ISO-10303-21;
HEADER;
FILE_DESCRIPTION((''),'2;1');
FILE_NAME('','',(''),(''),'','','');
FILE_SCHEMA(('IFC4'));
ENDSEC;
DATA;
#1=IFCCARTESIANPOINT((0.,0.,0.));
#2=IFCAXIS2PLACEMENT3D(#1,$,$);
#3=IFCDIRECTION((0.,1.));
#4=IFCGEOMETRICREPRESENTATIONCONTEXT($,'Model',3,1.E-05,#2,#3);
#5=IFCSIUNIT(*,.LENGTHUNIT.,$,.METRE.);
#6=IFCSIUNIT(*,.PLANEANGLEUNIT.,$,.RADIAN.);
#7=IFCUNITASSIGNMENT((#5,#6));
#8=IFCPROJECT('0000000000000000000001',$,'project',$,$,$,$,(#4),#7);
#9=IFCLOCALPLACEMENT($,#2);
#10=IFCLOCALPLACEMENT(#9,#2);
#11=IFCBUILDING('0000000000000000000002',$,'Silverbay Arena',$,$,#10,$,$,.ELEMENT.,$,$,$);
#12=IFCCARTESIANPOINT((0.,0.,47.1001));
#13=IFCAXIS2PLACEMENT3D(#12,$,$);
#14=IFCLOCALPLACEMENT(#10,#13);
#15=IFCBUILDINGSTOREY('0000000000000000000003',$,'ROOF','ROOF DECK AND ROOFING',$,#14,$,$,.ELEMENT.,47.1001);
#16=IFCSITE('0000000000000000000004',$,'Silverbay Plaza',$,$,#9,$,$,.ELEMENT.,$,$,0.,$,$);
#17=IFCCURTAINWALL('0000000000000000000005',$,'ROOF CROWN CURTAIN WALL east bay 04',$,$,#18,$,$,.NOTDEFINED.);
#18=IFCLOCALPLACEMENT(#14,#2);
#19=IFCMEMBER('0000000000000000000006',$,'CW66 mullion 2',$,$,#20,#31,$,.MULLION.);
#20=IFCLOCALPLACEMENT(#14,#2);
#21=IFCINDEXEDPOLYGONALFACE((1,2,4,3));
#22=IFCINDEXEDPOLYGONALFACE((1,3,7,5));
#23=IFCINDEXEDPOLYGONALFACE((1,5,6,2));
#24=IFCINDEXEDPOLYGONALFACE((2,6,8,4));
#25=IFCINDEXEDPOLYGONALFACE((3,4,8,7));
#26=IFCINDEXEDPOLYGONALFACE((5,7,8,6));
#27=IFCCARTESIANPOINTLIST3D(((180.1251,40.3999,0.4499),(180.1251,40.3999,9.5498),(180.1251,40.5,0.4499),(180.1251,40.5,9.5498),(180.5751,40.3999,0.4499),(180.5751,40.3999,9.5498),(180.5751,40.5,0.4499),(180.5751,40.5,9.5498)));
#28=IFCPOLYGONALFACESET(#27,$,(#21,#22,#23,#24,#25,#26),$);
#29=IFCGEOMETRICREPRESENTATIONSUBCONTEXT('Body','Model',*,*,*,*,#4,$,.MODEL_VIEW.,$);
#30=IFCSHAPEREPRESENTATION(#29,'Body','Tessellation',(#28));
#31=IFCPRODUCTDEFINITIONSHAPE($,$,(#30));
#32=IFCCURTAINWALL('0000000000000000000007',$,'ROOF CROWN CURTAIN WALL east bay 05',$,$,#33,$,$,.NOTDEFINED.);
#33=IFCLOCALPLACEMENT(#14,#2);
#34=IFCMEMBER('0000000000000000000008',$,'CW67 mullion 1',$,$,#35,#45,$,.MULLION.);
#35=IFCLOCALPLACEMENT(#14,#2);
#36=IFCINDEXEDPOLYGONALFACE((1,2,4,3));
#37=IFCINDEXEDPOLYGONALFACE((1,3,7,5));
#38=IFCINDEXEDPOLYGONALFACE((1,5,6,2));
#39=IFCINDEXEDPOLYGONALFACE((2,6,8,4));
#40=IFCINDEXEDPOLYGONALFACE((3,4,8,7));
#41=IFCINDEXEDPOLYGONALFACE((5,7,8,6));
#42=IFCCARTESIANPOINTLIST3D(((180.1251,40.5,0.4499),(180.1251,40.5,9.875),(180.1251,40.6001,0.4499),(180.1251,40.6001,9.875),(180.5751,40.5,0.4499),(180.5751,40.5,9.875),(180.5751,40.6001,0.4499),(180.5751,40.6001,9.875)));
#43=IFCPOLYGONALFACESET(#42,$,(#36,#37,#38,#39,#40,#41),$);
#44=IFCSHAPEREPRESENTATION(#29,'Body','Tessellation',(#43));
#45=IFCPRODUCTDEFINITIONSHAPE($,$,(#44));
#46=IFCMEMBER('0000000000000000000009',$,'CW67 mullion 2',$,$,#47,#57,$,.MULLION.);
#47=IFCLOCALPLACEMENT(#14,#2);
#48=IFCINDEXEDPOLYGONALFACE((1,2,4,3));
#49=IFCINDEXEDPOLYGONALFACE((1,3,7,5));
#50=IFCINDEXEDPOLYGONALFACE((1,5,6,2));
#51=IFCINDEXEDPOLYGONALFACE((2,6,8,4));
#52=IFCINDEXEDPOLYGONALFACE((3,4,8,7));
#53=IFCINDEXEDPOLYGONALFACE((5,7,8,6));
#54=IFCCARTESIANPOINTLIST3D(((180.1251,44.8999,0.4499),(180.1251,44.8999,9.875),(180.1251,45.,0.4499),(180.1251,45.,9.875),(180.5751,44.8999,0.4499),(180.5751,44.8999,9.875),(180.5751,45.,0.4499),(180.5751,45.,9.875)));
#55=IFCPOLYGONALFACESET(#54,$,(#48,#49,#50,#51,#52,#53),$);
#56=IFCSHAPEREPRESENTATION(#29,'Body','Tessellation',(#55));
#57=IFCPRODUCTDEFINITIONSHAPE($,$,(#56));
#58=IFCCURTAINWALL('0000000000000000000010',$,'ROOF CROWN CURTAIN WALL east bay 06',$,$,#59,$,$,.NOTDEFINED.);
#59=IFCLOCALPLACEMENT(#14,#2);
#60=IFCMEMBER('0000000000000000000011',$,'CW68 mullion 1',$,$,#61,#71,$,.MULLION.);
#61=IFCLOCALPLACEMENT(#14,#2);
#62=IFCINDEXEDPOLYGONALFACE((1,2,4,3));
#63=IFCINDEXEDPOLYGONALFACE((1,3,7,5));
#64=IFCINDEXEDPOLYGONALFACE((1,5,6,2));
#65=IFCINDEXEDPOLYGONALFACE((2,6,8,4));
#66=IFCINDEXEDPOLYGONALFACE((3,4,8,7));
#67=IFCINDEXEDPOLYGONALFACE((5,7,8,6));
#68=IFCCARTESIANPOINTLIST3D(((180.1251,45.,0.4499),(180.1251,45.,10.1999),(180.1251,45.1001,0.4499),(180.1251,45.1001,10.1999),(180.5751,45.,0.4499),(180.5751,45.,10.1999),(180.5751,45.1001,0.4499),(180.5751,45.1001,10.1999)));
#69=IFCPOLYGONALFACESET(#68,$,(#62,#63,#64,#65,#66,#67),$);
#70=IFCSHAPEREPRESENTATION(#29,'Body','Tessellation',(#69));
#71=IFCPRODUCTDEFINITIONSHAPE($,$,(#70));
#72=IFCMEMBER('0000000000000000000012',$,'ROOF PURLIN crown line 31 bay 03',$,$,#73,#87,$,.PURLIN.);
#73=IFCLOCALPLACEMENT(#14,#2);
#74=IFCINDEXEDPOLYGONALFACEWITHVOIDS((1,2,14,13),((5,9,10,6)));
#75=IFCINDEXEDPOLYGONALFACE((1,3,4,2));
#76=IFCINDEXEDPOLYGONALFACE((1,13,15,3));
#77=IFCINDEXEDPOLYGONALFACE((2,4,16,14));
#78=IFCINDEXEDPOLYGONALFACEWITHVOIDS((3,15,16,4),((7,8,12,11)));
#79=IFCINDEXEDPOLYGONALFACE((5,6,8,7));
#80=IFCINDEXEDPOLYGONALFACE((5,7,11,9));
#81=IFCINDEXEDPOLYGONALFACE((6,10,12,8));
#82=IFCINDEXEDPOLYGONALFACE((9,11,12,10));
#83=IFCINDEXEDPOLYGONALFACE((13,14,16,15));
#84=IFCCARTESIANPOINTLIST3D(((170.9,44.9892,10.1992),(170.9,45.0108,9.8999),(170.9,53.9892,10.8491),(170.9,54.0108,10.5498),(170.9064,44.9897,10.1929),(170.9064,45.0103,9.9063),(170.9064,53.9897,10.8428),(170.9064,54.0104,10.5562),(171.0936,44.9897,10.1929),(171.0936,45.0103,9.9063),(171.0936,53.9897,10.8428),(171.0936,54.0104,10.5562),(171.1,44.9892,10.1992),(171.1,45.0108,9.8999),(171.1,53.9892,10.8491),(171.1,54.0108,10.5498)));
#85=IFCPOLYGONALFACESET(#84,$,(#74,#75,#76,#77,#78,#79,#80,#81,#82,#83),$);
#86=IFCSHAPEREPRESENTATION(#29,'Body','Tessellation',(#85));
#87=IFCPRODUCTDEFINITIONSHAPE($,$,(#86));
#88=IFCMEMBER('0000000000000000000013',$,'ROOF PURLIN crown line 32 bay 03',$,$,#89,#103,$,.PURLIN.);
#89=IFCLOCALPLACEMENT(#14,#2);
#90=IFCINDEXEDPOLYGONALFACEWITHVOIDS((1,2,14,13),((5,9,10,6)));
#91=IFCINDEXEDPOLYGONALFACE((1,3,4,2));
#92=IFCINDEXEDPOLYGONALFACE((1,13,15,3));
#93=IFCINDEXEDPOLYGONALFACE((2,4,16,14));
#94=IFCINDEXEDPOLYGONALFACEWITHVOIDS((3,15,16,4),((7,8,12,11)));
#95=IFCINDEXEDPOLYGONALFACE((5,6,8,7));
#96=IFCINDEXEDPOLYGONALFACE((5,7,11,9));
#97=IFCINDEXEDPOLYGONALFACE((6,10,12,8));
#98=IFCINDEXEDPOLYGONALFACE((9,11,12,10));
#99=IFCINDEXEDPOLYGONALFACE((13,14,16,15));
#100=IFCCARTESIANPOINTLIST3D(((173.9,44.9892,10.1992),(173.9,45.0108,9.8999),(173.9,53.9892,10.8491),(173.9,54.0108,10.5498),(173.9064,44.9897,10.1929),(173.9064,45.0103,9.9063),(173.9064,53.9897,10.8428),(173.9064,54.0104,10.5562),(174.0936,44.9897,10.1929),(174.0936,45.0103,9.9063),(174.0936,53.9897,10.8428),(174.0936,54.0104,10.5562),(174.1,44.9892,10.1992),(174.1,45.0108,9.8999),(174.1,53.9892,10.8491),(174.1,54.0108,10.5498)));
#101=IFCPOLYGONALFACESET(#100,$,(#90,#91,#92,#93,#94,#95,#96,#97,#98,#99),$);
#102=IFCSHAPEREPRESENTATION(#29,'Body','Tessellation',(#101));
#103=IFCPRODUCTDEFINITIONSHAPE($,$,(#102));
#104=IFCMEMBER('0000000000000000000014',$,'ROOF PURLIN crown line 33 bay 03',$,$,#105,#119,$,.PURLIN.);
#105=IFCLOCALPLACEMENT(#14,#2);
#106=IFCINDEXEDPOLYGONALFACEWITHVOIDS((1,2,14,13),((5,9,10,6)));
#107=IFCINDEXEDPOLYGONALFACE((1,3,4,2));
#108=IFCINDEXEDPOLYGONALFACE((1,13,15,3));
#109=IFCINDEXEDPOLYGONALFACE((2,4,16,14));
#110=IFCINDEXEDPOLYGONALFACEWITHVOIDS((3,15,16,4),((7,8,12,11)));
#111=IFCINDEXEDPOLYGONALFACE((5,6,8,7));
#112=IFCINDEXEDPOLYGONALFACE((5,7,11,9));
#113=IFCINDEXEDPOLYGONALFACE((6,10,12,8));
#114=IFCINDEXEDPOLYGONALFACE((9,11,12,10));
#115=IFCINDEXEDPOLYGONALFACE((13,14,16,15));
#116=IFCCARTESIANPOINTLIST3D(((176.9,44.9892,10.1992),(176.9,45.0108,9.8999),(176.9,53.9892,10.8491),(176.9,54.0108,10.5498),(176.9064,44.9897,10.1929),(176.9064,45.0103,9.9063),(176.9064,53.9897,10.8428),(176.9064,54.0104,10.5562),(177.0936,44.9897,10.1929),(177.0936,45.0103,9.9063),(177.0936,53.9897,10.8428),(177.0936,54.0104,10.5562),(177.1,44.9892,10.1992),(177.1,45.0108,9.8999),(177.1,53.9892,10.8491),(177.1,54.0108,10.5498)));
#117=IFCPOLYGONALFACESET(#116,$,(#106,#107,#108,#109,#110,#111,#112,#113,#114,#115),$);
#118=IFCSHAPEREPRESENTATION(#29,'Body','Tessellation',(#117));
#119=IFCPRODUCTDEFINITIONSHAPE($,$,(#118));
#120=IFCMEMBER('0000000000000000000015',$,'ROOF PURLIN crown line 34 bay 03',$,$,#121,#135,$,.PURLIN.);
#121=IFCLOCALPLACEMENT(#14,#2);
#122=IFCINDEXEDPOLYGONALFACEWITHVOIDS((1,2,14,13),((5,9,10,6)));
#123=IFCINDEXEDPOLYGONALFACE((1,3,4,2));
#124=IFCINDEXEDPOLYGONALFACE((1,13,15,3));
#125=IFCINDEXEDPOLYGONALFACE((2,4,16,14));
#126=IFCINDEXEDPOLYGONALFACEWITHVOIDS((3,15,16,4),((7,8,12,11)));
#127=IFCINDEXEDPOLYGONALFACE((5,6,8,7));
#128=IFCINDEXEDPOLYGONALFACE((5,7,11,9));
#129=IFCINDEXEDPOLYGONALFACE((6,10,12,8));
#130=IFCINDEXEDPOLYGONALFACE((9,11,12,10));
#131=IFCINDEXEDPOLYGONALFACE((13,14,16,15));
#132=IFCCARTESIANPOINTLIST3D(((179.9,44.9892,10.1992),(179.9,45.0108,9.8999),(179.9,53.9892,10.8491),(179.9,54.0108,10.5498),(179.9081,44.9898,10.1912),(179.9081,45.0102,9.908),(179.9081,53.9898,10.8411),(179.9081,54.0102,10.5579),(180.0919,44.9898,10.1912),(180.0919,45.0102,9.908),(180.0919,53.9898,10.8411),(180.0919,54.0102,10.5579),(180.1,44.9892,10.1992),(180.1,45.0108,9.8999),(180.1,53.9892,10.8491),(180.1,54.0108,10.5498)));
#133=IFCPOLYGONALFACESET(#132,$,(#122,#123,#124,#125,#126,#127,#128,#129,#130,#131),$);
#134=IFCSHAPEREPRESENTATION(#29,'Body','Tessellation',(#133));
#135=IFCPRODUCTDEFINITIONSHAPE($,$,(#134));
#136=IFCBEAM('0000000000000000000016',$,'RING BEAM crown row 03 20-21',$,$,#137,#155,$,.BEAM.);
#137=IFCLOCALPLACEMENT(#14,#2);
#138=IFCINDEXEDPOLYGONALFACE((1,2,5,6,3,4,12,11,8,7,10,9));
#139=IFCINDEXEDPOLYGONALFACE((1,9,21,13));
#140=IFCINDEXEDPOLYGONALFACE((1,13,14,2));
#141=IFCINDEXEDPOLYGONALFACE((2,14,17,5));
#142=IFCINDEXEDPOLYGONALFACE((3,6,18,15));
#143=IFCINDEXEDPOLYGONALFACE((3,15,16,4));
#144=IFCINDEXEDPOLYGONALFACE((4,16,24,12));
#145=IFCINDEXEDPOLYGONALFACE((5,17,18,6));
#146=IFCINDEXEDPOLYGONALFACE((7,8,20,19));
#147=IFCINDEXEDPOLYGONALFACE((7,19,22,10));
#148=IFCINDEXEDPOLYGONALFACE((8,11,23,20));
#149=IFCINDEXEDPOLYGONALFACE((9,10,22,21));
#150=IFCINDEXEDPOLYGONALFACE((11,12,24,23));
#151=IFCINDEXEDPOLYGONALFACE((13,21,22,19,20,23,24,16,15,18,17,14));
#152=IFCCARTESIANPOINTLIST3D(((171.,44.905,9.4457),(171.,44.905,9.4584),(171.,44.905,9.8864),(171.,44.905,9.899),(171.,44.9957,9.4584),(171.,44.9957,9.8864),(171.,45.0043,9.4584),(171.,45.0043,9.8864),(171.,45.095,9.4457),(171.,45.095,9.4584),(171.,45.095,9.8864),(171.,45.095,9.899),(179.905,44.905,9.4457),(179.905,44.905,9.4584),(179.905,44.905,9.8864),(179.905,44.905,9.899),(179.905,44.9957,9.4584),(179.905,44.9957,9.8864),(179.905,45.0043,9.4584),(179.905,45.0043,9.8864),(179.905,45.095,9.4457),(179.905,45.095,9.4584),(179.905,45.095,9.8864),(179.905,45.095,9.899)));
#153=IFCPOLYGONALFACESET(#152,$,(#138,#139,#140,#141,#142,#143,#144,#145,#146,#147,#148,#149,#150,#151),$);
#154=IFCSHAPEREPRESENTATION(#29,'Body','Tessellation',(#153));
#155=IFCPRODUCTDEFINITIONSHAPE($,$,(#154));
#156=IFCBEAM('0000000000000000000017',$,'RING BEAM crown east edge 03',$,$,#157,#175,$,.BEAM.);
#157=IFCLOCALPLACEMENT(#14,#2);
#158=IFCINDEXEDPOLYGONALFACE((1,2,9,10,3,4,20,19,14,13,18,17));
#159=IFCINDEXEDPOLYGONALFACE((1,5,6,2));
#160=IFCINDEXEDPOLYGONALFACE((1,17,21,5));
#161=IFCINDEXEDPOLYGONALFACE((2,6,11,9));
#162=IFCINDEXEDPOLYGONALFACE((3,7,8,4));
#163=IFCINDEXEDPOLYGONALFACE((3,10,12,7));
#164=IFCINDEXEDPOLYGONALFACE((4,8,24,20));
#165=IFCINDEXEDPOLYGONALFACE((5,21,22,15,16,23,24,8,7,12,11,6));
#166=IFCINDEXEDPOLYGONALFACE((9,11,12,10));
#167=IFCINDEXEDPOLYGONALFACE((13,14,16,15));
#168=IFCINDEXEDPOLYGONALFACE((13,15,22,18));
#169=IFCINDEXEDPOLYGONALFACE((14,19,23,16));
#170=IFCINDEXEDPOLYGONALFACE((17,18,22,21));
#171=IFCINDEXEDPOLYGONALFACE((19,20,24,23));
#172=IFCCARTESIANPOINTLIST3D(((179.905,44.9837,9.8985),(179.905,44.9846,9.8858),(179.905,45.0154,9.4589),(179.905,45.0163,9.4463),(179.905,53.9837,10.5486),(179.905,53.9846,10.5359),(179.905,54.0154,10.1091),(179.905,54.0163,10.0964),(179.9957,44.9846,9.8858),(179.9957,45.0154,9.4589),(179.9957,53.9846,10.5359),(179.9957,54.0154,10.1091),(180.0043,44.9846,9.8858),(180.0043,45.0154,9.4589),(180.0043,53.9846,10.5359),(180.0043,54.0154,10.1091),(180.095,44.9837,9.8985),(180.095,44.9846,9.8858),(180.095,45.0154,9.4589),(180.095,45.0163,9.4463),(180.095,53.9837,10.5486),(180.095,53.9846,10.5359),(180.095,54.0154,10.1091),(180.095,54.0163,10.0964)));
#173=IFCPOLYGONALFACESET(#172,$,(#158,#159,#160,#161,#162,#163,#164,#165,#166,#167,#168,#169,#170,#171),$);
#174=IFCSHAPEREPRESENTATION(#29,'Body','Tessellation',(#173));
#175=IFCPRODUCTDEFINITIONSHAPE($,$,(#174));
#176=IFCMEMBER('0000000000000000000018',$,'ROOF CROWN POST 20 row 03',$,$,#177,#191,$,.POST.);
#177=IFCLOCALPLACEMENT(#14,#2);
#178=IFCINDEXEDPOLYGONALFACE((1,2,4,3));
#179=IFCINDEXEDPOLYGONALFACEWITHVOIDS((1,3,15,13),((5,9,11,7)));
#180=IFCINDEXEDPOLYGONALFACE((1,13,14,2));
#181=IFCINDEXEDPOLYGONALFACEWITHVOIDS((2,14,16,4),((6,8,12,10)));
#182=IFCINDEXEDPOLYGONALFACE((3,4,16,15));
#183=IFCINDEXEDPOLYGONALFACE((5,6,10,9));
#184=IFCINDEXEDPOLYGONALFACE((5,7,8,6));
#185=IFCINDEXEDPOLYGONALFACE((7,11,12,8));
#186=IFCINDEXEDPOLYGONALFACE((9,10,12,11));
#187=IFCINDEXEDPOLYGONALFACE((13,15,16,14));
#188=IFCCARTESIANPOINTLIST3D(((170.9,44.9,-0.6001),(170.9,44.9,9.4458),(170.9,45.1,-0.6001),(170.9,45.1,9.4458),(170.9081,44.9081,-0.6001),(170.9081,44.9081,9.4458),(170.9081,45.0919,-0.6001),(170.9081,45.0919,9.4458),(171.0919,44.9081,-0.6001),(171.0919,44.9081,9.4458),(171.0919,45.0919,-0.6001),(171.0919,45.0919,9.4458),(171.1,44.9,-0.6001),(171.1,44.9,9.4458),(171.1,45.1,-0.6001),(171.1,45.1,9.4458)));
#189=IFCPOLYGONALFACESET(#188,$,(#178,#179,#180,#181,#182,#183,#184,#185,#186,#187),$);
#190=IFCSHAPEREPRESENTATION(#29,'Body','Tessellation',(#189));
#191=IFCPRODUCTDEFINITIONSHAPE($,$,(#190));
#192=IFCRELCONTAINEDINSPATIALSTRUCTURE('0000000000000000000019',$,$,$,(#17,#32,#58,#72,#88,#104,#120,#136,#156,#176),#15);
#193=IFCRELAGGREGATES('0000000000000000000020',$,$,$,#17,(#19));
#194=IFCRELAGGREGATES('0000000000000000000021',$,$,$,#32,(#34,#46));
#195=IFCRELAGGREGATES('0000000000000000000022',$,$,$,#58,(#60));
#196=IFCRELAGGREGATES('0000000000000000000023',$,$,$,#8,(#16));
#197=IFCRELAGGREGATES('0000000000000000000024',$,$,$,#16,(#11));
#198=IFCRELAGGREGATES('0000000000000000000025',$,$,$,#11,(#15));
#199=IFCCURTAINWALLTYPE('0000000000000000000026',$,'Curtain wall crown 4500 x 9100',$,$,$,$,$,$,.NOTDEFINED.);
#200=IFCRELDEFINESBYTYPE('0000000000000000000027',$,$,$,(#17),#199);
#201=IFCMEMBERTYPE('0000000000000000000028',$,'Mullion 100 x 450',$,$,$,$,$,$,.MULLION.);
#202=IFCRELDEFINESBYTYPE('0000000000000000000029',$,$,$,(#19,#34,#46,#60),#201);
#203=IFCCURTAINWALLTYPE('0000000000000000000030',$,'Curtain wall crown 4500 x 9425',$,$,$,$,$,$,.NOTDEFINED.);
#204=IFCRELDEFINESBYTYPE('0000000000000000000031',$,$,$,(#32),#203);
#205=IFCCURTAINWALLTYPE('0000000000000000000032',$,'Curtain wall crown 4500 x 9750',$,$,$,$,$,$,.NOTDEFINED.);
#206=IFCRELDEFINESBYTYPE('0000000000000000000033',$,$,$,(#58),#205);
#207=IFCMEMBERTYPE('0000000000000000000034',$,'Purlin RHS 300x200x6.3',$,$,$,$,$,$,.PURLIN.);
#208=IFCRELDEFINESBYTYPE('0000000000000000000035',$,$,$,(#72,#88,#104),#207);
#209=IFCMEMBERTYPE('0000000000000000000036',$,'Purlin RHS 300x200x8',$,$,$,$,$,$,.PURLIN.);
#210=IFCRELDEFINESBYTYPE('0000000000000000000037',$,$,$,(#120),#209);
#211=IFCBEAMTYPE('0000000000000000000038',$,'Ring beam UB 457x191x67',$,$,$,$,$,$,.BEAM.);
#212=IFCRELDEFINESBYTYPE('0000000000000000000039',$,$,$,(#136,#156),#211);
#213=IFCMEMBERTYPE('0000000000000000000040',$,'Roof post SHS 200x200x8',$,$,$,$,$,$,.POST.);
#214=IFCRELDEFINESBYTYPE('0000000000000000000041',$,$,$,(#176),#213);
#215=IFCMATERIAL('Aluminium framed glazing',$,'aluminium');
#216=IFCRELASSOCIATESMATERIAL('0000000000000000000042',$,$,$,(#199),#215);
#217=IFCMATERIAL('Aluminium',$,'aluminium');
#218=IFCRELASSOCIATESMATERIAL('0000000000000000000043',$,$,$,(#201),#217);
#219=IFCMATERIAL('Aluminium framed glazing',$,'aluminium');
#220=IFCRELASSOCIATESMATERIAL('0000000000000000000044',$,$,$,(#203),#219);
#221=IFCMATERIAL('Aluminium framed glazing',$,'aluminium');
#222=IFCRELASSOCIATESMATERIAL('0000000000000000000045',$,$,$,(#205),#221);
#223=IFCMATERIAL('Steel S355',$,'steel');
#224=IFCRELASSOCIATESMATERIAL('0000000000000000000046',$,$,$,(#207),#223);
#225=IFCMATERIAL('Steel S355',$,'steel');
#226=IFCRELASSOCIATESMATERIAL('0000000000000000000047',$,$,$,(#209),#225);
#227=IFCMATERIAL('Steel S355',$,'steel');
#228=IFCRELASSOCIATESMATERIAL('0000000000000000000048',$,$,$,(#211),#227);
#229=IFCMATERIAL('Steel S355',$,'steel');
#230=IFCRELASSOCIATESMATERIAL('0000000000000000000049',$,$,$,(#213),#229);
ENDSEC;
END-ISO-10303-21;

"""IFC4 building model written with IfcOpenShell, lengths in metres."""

from ifc_helpers import new_model, si_unit, direction, frame, origin, origin_2d, place, context, subcontext, project, spatial, rectangle, hollow_rectangle, i_section, extrude, material, material_profile, profile_set, type_object, element, aggregate, save


model = new_model("IFC4")

# Units and contexts
model_context = context("Model", 3, precision=1e-05, world=origin(), true_north=direction((0.0, 1.0)))
body_context = subcontext(model_context, "Body", "Model", "MODEL_VIEW")
ifc_project = project(units=[si_unit("LENGTHUNIT", "METRE"), si_unit("PLANEANGLEUNIT", "RADIAN")], contexts=[model_context])

# Site, building, storey
site_placement = place(None, origin())
site = spatial("IfcSite", under=ifc_project, at=site_placement, Name="Silverbay Plaza", CompositionType="ELEMENT", RefElevation=0.0)
building_placement = place(site_placement, origin())
building = spatial("IfcBuilding", under=site, at=building_placement, Name="Silverbay Arena", CompositionType="ELEMENT")
storey_placement = place(building_placement, frame((0.0, 0.0, 47.1001)))
storey = spatial("IfcBuildingStorey", under=building, at=storey_placement, Name="ROOF", Description="ROOF DECK AND ROOFING", CompositionType="ELEMENT", Elevation=47.1001)

# Curtain wall, member
ifc_material_1 = material(Name="Aluminium framed glazing", Category="aluminium")
curtain_wall_type_1 = type_object("IfcCurtainWallType", Name="Curtain wall crown 4500 x 9100", PredefinedType="NOTDEFINED", material=ifc_material_1)
curtain_wall_1_placement = place(storey_placement, origin())
curtain_wall_1 = element("IfcCurtainWall", 1, at=curtain_wall_1_placement, inside=storey, type_object=curtain_wall_type_1, Name="ROOF CROWN CURTAIN WALL east bay 04", PredefinedType="NOTDEFINED")
ifc_material_2 = material(Name="Aluminium", Category="aluminium")
ifc_material_profile_1 = material_profile(ifc_material_2, rectangle(XDim=0.45, YDim=0.1001, at=origin_2d()), Name="Mullion 100 x 450")
ifc_profile_set_1 = profile_set([ifc_material_profile_1], Name="Aluminium")
member_type_1 = type_object("IfcMemberType", Name="Mullion 100 x 450", PredefinedType="MULLION", material=ifc_profile_set_1)
placement = place(building_placement, frame((0.0, 0.0, 33.5)))
member_1_placement = place(placement, frame((180.3501, 40.45, 14.05), z_axis=(0.0, 0.0, 1.0), x_axis=(-1.0, 0.0, 0.0)))
member_1 = element("IfcMember", 2, at=member_1_placement, type_object=member_type_1, Name="CW66 mullion 2", PredefinedType="MULLION", context=body_context, shape_type="SweptSolid", body=[
    extrude(rectangle(XDim=0.45, YDim=0.1001, at=origin_2d()), origin(), (0.0, 0.0, 1.0), 9.0999),
])

# Curtain wall, members
ifc_material_3 = material(Name="Aluminium framed glazing", Category="aluminium")
curtain_wall_type_2 = type_object("IfcCurtainWallType", Name="Curtain wall crown 4500 x 9425", PredefinedType="NOTDEFINED", material=ifc_material_3)
curtain_wall_2_placement = place(storey_placement, origin())
curtain_wall_2 = element("IfcCurtainWall", 3, at=curtain_wall_2_placement, inside=storey, type_object=curtain_wall_type_2, Name="ROOF CROWN CURTAIN WALL east bay 05", PredefinedType="NOTDEFINED")
member_2_placement = place(placement, frame((180.3501, 40.55, 14.05), z_axis=(0.0, 0.0, 1.0), x_axis=(-1.0, 0.0, 0.0)))
member_2 = element("IfcMember", 4, at=member_2_placement, type_object=member_type_1, Name="CW67 mullion 1", PredefinedType="MULLION", context=body_context, shape_type="SweptSolid", body=[
    extrude(rectangle(XDim=0.45, YDim=0.1001, at=origin_2d()), origin(), (0.0, 0.0, 1.0), 9.425),
])
member_3_placement = place(placement, frame((180.3501, 44.95, 14.05), z_axis=(0.0, 0.0, 1.0), x_axis=(-1.0, 0.0, 0.0)))
member_3 = element("IfcMember", 5, at=member_3_placement, type_object=member_type_1, Name="CW67 mullion 2", PredefinedType="MULLION", context=body_context, shape_type="SweptSolid", body=[
    extrude(rectangle(XDim=0.45, YDim=0.1001, at=origin_2d()), origin(), (0.0, 0.0, 1.0), 9.425),
])

# Curtain wall, member
ifc_material_4 = material(Name="Aluminium framed glazing", Category="aluminium")
curtain_wall_type_3 = type_object("IfcCurtainWallType", Name="Curtain wall crown 4500 x 9750", PredefinedType="NOTDEFINED", material=ifc_material_4)
curtain_wall_3_placement = place(storey_placement, origin())
curtain_wall_3 = element("IfcCurtainWall", 6, at=curtain_wall_3_placement, inside=storey, type_object=curtain_wall_type_3, Name="ROOF CROWN CURTAIN WALL east bay 06", PredefinedType="NOTDEFINED")
member_4_placement = place(placement, frame((180.3501, 45.05, 14.05), z_axis=(0.0, 0.0, 1.0), x_axis=(-1.0, 0.0, 0.0)))
member_4 = element("IfcMember", 7, at=member_4_placement, type_object=member_type_1, Name="CW68 mullion 1", PredefinedType="MULLION", context=body_context, shape_type="SweptSolid", body=[
    extrude(rectangle(XDim=0.45, YDim=0.1001, at=origin_2d()), origin(), (0.0, 0.0, 1.0), 9.75),
])

# Members
ifc_material_5 = material(Name="Steel S355", Category="steel")
ifc_material_profile_2 = material_profile(ifc_material_5, hollow_rectangle(XDim=0.2, YDim=0.3, WallThickness=0.0063, at=origin_2d()), Name="RHS 300x200x6.3")
ifc_profile_set_2 = profile_set([ifc_material_profile_2], Name="Steel S355")
member_type_2 = type_object("IfcMemberType", Name="Purlin RHS 300x200x6.3", PredefinedType="PURLIN", material=ifc_profile_set_2)
for number, where, z_axis, x_axis, name in (
    (8, (171.0, 45.0, 10.0496), (0.0, 0.997403, 0.072024), (-1.0, 0.0, 0.0), "ROOF PURLIN crown line 31 bay 03"),
    (9, (174.0, 45.0, 10.0496), (0.0, 0.997403, 0.072024), (-1.0, 0.0, 0.0), "ROOF PURLIN crown line 32 bay 03"),
    (10, (177.0, 45.0, 10.0496), (0.0, 0.997403, 0.072024), (-1.0, 0.0, 0.0), "ROOF PURLIN crown line 33 bay 03"),
):
    element("IfcMember", number, at=place(storey_placement, frame(where, z_axis=z_axis, x_axis=x_axis)), inside=storey, type_object=member_type_2, Name=name, PredefinedType="PURLIN", context=body_context, shape_type="SweptSolid", body=[
        extrude(hollow_rectangle(XDim=0.2, YDim=0.3, WallThickness=0.0063, at=origin_2d()), origin(), (0.0, 0.0, 1.0), 9.0234),
    ])
ifc_material_6 = material(Name="Steel S355", Category="steel")
ifc_material_profile_3 = material_profile(ifc_material_6, hollow_rectangle(XDim=0.2, YDim=0.3, WallThickness=0.0081, at=origin_2d()), Name="RHS 300x200x8")
ifc_profile_set_3 = profile_set([ifc_material_profile_3], Name="Steel S355")
member_type_3 = type_object("IfcMemberType", Name="Purlin RHS 300x200x8", PredefinedType="PURLIN", material=ifc_profile_set_3)
member_5_placement = place(storey_placement, frame((180.0, 45.0, 10.0496), z_axis=(0.0, 0.997403, 0.072024), x_axis=(-1.0, 0.0, 0.0)))
element("IfcMember", 11, at=member_5_placement, inside=storey, type_object=member_type_3, Name="ROOF PURLIN crown line 34 bay 03", PredefinedType="PURLIN", context=body_context, shape_type="SweptSolid", body=[
    extrude(hollow_rectangle(XDim=0.2, YDim=0.3, WallThickness=0.0081, at=origin_2d()), origin(), (0.0, 0.0, 1.0), 9.0234),
])

# Beams
ifc_material_7 = material(Name="Steel S355", Category="steel")
ifc_material_profile_4 = material_profile(ifc_material_7, i_section(OverallWidth=0.1899, OverallDepth=0.4534, WebThickness=0.0085, FlangeThickness=0.0127, at=origin_2d()), Name="UB 457x191x67")
ifc_profile_set_4 = profile_set([ifc_material_profile_4], Name="Steel S355")
beam_type = type_object("IfcBeamType", Name="Ring beam UB 457x191x67", PredefinedType="BEAM", material=ifc_profile_set_4)
beam_1_placement = place(storey_placement, frame((171.0, 45.0, 9.6724), z_axis=(1.0, 0.0, 0.0), x_axis=(0.0, 1.0, 0.0)))
element("IfcBeam", 12, at=beam_1_placement, inside=storey, type_object=beam_type, Name="RING BEAM crown row 03 20-21", PredefinedType="BEAM", context=body_context, shape_type="SweptSolid", body=[
    extrude(i_section(OverallWidth=0.1899, OverallDepth=0.4534, WebThickness=0.0085, FlangeThickness=0.0127, at=origin_2d()), origin(), (0.0, 0.0, 1.0), 8.905),
])
beam_2_placement = place(storey_placement, frame((180.0, 45.0, 9.6724), z_axis=(0.0, 0.997401, 0.072051), x_axis=(-1.0, 0.0, 0.0)))
element("IfcBeam", 13, at=beam_2_placement, inside=storey, type_object=beam_type, Name="RING BEAM crown east edge 03", PredefinedType="BEAM", context=body_context, shape_type="SweptSolid", body=[
    extrude(i_section(OverallWidth=0.1899, OverallDepth=0.4534, WebThickness=0.0085, FlangeThickness=0.0127, at=origin_2d()), origin(), (0.0, 0.0, 1.0), 9.0234),
])

# Member
ifc_material_8 = material(Name="Steel S355", Category="steel")
ifc_material_profile_5 = material_profile(ifc_material_8, hollow_rectangle(XDim=0.2, YDim=0.2, WallThickness=0.0081, at=origin_2d()), Name="SHS 200x200x8")
ifc_profile_set_5 = profile_set([ifc_material_profile_5], Name="Steel S355")
member_type_4 = type_object("IfcMemberType", Name="Roof post SHS 200x200x8", PredefinedType="POST", material=ifc_profile_set_5)
member_6_placement = place(storey_placement, frame((171.0, 45.0, -0.6001), z_axis=(0.0, 0.0, 1.0), x_axis=(1.0, 0.0, 0.0)))
element("IfcMember", 14, at=member_6_placement, inside=storey, type_object=member_type_4, Name="ROOF CROWN POST 20 row 03", PredefinedType="POST", context=body_context, shape_type="SweptSolid", body=[
    extrude(hollow_rectangle(XDim=0.2, YDim=0.2, WallThickness=0.0081, at=origin_2d()), origin(), (0.0, 0.0, 1.0), 10.0459),
])

aggregate(curtain_wall_1, [member_1])
aggregate(curtain_wall_2, [member_2, member_3])
aggregate(curtain_wall_3, [member_4])

save(model, "model.ifc")
